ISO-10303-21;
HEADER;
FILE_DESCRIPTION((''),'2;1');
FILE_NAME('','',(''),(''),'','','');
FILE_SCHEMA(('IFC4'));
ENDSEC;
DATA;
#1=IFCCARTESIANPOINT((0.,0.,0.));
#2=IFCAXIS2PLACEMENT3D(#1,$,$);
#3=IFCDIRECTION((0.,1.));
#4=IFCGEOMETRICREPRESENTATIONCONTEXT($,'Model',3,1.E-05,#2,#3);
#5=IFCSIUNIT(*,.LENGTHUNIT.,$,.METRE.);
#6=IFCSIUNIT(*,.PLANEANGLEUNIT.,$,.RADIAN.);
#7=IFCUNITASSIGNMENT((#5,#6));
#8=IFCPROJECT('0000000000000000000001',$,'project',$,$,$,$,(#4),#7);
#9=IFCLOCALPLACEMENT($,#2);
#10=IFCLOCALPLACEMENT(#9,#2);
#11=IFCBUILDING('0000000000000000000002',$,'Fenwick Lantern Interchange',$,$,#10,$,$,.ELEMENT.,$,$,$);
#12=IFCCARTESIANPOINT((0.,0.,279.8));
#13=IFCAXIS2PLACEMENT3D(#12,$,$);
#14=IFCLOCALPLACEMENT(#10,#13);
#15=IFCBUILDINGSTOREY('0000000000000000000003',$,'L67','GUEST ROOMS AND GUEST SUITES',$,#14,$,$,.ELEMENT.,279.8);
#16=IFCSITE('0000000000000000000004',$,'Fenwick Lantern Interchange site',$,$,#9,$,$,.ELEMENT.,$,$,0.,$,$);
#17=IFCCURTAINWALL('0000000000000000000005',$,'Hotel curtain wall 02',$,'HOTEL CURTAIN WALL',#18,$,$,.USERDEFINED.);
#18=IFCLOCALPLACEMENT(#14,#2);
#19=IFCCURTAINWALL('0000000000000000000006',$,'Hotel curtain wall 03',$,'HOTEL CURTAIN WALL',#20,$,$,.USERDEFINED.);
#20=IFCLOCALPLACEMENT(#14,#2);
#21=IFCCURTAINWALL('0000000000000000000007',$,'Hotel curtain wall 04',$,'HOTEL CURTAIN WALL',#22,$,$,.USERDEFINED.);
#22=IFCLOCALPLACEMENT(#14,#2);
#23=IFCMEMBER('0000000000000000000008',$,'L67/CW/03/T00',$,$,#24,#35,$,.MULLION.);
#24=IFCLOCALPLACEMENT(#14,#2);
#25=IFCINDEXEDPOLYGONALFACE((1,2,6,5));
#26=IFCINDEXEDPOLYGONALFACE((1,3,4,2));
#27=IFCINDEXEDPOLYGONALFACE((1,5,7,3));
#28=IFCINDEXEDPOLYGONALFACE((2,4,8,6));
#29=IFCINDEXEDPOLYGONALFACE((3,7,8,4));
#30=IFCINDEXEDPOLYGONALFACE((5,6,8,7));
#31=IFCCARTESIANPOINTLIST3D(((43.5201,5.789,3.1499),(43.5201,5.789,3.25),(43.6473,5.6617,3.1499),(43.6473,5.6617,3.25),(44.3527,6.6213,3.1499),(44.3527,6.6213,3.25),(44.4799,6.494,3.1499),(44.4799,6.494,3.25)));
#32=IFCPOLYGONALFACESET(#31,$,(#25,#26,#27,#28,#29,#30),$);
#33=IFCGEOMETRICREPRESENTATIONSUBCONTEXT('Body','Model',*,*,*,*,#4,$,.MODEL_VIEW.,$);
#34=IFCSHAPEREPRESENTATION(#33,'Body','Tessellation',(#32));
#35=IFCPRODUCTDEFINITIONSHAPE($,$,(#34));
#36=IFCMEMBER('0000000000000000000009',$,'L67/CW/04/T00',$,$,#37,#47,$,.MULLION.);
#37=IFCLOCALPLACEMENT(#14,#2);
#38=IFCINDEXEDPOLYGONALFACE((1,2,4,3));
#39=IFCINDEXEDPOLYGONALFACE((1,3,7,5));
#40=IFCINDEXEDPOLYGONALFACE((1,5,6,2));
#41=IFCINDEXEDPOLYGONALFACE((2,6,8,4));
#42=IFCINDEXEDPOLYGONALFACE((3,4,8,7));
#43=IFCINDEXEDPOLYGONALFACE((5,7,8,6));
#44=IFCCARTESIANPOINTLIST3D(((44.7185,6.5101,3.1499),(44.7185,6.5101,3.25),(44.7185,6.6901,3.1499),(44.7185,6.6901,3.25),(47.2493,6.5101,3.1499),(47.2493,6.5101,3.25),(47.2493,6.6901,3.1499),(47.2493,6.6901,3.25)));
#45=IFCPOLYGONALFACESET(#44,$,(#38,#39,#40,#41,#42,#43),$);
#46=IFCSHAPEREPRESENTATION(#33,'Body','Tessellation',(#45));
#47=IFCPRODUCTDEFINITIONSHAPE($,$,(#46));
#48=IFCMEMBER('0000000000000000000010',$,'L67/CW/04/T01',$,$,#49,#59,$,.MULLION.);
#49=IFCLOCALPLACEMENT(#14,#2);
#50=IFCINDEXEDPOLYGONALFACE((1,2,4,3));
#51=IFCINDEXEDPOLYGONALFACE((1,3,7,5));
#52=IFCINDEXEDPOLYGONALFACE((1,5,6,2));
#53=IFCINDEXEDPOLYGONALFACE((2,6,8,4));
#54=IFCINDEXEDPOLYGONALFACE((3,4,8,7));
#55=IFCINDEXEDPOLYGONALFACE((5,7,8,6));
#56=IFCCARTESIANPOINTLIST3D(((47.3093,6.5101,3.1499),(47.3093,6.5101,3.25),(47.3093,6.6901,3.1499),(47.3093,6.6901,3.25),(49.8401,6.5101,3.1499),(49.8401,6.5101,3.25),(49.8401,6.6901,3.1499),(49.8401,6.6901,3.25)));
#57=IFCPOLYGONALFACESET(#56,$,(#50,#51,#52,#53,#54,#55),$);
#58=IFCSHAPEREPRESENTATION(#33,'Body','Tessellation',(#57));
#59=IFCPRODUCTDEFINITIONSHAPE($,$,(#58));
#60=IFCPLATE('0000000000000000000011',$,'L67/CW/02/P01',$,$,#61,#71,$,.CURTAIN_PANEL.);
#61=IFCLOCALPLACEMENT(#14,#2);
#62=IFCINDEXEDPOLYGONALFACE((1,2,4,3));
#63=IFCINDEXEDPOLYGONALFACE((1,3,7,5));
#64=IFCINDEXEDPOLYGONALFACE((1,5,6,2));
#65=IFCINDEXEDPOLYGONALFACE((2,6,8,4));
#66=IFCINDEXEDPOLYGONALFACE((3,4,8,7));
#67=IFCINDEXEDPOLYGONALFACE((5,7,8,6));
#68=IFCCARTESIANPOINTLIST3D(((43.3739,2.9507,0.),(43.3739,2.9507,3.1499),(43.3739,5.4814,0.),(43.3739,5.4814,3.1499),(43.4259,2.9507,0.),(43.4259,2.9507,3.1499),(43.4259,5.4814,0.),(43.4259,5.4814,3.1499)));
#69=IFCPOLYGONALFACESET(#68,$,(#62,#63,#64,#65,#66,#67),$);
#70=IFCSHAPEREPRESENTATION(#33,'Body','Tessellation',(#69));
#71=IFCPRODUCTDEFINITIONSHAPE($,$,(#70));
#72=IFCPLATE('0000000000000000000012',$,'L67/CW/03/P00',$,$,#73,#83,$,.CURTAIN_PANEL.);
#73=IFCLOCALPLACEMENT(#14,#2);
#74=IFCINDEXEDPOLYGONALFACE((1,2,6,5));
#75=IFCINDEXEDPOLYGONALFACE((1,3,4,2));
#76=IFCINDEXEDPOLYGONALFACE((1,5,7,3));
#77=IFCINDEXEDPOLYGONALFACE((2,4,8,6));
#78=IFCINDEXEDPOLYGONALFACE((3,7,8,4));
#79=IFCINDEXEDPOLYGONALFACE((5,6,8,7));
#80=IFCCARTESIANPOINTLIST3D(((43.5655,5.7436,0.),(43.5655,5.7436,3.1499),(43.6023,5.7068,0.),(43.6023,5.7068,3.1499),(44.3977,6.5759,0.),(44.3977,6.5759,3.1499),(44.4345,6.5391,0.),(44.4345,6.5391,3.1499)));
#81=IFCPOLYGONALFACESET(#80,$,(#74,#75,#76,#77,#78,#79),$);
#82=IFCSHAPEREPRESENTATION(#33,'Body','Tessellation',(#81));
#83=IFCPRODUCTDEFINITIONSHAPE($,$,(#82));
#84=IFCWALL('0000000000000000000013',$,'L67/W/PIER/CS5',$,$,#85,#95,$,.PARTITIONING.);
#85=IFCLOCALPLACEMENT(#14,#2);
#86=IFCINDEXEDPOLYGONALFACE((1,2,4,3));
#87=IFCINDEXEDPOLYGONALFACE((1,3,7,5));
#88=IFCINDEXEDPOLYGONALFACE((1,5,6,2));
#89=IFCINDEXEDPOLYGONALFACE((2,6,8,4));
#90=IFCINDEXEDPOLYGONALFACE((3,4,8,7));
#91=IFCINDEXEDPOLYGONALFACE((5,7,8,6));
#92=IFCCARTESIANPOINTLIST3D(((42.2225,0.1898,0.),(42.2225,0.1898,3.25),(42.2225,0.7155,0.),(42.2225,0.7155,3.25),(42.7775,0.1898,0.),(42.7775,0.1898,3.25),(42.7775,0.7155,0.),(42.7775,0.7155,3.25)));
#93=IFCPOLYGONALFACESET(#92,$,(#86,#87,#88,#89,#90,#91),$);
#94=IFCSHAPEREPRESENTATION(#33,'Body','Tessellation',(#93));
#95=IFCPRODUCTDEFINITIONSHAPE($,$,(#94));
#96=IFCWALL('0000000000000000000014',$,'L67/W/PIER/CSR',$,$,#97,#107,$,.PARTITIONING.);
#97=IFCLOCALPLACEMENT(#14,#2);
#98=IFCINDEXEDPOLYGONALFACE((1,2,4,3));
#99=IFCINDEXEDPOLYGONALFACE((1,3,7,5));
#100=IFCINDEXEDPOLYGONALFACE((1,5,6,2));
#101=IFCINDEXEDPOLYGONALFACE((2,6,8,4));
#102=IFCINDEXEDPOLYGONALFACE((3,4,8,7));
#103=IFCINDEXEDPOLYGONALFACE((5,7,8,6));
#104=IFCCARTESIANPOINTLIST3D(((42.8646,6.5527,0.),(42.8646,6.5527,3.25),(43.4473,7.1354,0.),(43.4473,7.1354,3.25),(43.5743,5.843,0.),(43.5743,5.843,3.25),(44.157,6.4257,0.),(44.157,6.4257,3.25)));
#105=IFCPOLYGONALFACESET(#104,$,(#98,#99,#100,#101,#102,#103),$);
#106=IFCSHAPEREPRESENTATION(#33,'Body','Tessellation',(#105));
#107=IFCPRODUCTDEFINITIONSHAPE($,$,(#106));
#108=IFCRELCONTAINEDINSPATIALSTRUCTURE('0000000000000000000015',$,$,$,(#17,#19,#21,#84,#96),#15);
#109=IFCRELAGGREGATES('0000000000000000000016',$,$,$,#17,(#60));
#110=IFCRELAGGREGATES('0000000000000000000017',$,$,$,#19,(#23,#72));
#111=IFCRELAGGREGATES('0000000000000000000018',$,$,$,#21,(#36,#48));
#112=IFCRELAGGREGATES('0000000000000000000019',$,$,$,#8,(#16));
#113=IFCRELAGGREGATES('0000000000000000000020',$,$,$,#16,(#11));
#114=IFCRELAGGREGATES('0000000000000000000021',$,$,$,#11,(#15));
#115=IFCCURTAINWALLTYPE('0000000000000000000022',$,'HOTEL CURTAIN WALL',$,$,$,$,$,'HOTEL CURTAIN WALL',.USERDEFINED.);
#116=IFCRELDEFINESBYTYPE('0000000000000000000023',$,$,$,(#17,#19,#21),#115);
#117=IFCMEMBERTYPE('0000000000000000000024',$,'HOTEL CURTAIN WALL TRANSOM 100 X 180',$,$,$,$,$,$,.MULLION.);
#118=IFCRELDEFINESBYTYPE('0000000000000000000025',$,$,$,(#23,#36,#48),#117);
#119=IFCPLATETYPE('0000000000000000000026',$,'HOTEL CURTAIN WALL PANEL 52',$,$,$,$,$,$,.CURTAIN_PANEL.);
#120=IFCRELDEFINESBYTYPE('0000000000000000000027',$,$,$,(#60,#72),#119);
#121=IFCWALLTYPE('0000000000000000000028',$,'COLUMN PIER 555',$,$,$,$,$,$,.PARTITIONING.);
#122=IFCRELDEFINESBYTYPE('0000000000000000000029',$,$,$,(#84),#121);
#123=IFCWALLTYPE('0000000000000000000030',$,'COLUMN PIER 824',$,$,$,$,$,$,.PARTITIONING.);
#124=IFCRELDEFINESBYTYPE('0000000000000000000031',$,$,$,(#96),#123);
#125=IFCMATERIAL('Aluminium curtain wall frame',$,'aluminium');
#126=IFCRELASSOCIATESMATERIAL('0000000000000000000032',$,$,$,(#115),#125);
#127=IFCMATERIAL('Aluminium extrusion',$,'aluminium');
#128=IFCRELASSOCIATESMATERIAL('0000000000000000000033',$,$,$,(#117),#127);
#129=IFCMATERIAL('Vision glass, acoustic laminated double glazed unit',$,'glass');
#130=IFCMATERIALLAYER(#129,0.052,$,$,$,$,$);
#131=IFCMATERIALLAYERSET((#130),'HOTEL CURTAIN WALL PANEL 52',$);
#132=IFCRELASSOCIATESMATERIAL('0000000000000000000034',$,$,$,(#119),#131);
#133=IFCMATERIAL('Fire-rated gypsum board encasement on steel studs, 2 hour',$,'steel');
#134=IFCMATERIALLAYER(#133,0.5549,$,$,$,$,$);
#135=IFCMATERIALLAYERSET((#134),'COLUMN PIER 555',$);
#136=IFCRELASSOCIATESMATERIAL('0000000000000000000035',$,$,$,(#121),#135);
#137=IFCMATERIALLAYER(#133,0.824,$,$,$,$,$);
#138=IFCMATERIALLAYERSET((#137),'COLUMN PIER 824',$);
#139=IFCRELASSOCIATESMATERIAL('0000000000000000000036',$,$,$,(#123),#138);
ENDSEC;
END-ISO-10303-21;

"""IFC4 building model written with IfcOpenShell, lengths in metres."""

from ifc_helpers import new_model, si_unit, direction, frame, frame_2d, origin, origin_2d, place, context, subcontext, project, spatial, rectangle, extrude, material, layer, layer_set, material_profile, profile_set, type_object, element, aggregate, save


model = new_model("IFC4")

# Units and contexts
model_context = context("Model", 3, precision=1e-05, world=origin(), true_north=direction((0.0, 1.0)))
body_context = subcontext(model_context, "Body", "Model", "MODEL_VIEW")
ifc_project = project(units=[si_unit("LENGTHUNIT", "METRE"), si_unit("PLANEANGLEUNIT", "RADIAN")], contexts=[model_context])

# Site, building, storey
site_placement = place(None, origin())
site = spatial("IfcSite", under=ifc_project, at=site_placement, Name="Fenwick Lantern Interchange site", CompositionType="ELEMENT", RefElevation=0.0)
building_placement = place(site_placement, origin())
building = spatial("IfcBuilding", under=site, at=building_placement, Name="Fenwick Lantern Interchange", CompositionType="ELEMENT")
storey_placement = place(building_placement, frame((0.0, 0.0, 279.8)))
storey = spatial("IfcBuildingStorey", under=building, at=storey_placement, Name="L67", Description="GUEST ROOMS AND GUEST SUITES", CompositionType="ELEMENT", Elevation=279.8)

# Shared definitions
ifc_material_1 = material(Name="Aluminium curtain wall frame", Category="aluminium")
curtain_wall_type = type_object("IfcCurtainWallType", Name="HOTEL CURTAIN WALL", ElementType="HOTEL CURTAIN WALL", PredefinedType="USERDEFINED", material=ifc_material_1)
ifc_material_2 = material(Name="Aluminium extrusion", Category="aluminium")

# Curtain walls
curtain_wall_1_placement = place(storey_placement, origin())
curtain_wall_1 = element("IfcCurtainWall", 1, at=curtain_wall_1_placement, inside=storey, type_object=curtain_wall_type, Name="Hotel curtain wall 02", ObjectType="HOTEL CURTAIN WALL", PredefinedType="USERDEFINED")
curtain_wall_2_placement = place(storey_placement, origin())
curtain_wall_2 = element("IfcCurtainWall", 2, at=curtain_wall_2_placement, inside=storey, type_object=curtain_wall_type, Name="Hotel curtain wall 03", ObjectType="HOTEL CURTAIN WALL", PredefinedType="USERDEFINED")
curtain_wall_3_placement = place(storey_placement, origin())
curtain_wall_3 = element("IfcCurtainWall", 3, at=curtain_wall_3_placement, inside=storey, type_object=curtain_wall_type, Name="Hotel curtain wall 04", ObjectType="HOTEL CURTAIN WALL", PredefinedType="USERDEFINED")

# Members
ifc_material_profile_1 = material_profile(ifc_material_2, rectangle(XDim=0.1799, YDim=0.1001, at=origin_2d()), Name="HOTEL CURTAIN WALL TRANSOM 100 X 180")
ifc_profile_set_1 = profile_set([ifc_material_profile_1], Name="Aluminium extrusion")
member_type_1 = type_object("IfcMemberType", Name="HOTEL CURTAIN WALL TRANSOM 100 X 180", PredefinedType="MULLION", material=ifc_profile_set_1)
member_1_placement = place(storey_placement, frame((43.5837, 5.7253, 3.2), z_axis=(0.70721, 0.707003, 0.0), x_axis=(-0.707003, 0.70721, 0.0)))
member_1 = element("IfcMember", 4, at=member_1_placement, type_object=member_type_1, Name="L67/CW/03/T00", PredefinedType="MULLION", context=body_context, shape_type="SweptSolid", body=[
    extrude(rectangle(XDim=0.1799, YDim=0.1001, at=origin_2d()), origin(), (0.0, 0.0, 1.0), 1.1772),
])
member_2_placement = place(storey_placement, frame((44.7185, 6.6001, 3.2), z_axis=(1.0, 0.0, 0.0), x_axis=(0.0, 1.0, 0.0)))
member_2 = element("IfcMember", 5, at=member_2_placement, type_object=member_type_1, Name="L67/CW/04/T00", PredefinedType="MULLION", context=body_context, shape_type="SweptSolid", body=[
    extrude(rectangle(XDim=0.1799, YDim=0.1001, at=origin_2d()), origin(), (0.0, 0.0, 1.0), 2.5308),
])
member_3_placement = place(storey_placement, frame((47.3093, 6.6001, 3.2), z_axis=(1.0, 0.0, 0.0), x_axis=(0.0, 1.0, 0.0)))
member_3 = element("IfcMember", 6, at=member_3_placement, type_object=member_type_1, Name="L67/CW/04/T01", PredefinedType="MULLION", context=body_context, shape_type="SweptSolid", body=[
    extrude(rectangle(XDim=0.1799, YDim=0.1001, at=origin_2d()), origin(), (0.0, 0.0, 1.0), 2.5308),
])

# Plates
ifc_material_3 = material(Name="Vision glass, acoustic laminated double glazed unit", Category="glass")
ifc_layer_1 = layer(ifc_material_3, 0.052)
ifc_layer_set_1 = layer_set([ifc_layer_1], Name="HOTEL CURTAIN WALL PANEL 52")
plate_type = type_object("IfcPlateType", Name="HOTEL CURTAIN WALL PANEL 52", PredefinedType="CURTAIN_PANEL", material=ifc_layer_set_1)
plate_1_placement = place(storey_placement, frame((43.3999, 4.2161, 0.0), z_axis=(0.0, 0.0, 1.0), x_axis=(0.0, 1.0, 0.0)))
plate_1 = element("IfcPlate", 7, at=plate_1_placement, type_object=plate_type, Name="L67/CW/02/P01", PredefinedType="CURTAIN_PANEL", context=body_context, shape_type="SweptSolid", body=[
    extrude(rectangle(XDim=2.5308, YDim=0.052, at=origin_2d()), origin(), (0.0, 0.0, 1.0), 3.1499),
])
aggregate(curtain_wall_1, [plate_1])
plate_2_placement = place(storey_placement, frame((44.0, 6.1414, 0.0), z_axis=(0.0, 0.0, 1.0), x_axis=(0.707107, 0.707107, 0.0)))
plate_2 = element("IfcPlate", 8, at=plate_2_placement, type_object=plate_type, Name="L67/CW/03/P00", PredefinedType="CURTAIN_PANEL", context=body_context, shape_type="SweptSolid", body=[
    extrude(rectangle(XDim=1.177, YDim=0.052, at=origin_2d()), origin(), (0.0, 0.0, 1.0), 3.1499),
])
aggregate(curtain_wall_2, [member_1, plate_2])
aggregate(curtain_wall_3, [member_2, member_3])

# Walls
ifc_material_4 = material(Name="Fire-rated gypsum board encasement on steel studs, 2 hour", Category="steel")
ifc_layer_2 = layer(ifc_material_4, 0.5549)
ifc_layer_set_2 = layer_set([ifc_layer_2], Name="COLUMN PIER 555")
wall_type_1 = type_object("IfcWallType", Name="COLUMN PIER 555", PredefinedType="PARTITIONING", material=ifc_layer_set_2)
wall_1_placement = place(storey_placement, frame((42.5, 0.1899, 0.0), z_axis=(0.0, 0.0, 1.0), x_axis=(0.0, 1.0, 0.0)))
element("IfcWall", 9, at=wall_1_placement, inside=storey, type_object=wall_type_1, Name="L67/W/PIER/CS5", PredefinedType="PARTITIONING", context=body_context, shape_type="SweptSolid", body=[
    extrude(rectangle(XDim=0.5256, YDim=0.5549, at=frame_2d((0.2627, 0.0))), origin(), (0.0, 0.0, 1.0), 3.25),
])
ifc_layer_3 = layer(ifc_material_4, 0.824)
ifc_layer_set_3 = layer_set([ifc_layer_3], Name="COLUMN PIER 824")
wall_type_2 = type_object("IfcWallType", Name="COLUMN PIER 824", PredefinedType="PARTITIONING", material=ifc_layer_set_3)
wall_2_placement = place(storey_placement, frame((43.8657, 6.1343, 0.0), z_axis=(0.0, 0.0, 1.0), x_axis=(-0.707107, 0.707107, 0.0)))
element("IfcWall", 10, at=wall_2_placement, inside=storey, type_object=wall_type_2, Name="L67/W/PIER/CSR", PredefinedType="PARTITIONING", context=body_context, shape_type="SweptSolid", body=[
    extrude(rectangle(XDim=1.0037, YDim=0.824, at=frame_2d((0.502, 0.0))), origin(), (0.0, 0.0, 1.0), 3.25),
])

save(model, "model.ifc")
